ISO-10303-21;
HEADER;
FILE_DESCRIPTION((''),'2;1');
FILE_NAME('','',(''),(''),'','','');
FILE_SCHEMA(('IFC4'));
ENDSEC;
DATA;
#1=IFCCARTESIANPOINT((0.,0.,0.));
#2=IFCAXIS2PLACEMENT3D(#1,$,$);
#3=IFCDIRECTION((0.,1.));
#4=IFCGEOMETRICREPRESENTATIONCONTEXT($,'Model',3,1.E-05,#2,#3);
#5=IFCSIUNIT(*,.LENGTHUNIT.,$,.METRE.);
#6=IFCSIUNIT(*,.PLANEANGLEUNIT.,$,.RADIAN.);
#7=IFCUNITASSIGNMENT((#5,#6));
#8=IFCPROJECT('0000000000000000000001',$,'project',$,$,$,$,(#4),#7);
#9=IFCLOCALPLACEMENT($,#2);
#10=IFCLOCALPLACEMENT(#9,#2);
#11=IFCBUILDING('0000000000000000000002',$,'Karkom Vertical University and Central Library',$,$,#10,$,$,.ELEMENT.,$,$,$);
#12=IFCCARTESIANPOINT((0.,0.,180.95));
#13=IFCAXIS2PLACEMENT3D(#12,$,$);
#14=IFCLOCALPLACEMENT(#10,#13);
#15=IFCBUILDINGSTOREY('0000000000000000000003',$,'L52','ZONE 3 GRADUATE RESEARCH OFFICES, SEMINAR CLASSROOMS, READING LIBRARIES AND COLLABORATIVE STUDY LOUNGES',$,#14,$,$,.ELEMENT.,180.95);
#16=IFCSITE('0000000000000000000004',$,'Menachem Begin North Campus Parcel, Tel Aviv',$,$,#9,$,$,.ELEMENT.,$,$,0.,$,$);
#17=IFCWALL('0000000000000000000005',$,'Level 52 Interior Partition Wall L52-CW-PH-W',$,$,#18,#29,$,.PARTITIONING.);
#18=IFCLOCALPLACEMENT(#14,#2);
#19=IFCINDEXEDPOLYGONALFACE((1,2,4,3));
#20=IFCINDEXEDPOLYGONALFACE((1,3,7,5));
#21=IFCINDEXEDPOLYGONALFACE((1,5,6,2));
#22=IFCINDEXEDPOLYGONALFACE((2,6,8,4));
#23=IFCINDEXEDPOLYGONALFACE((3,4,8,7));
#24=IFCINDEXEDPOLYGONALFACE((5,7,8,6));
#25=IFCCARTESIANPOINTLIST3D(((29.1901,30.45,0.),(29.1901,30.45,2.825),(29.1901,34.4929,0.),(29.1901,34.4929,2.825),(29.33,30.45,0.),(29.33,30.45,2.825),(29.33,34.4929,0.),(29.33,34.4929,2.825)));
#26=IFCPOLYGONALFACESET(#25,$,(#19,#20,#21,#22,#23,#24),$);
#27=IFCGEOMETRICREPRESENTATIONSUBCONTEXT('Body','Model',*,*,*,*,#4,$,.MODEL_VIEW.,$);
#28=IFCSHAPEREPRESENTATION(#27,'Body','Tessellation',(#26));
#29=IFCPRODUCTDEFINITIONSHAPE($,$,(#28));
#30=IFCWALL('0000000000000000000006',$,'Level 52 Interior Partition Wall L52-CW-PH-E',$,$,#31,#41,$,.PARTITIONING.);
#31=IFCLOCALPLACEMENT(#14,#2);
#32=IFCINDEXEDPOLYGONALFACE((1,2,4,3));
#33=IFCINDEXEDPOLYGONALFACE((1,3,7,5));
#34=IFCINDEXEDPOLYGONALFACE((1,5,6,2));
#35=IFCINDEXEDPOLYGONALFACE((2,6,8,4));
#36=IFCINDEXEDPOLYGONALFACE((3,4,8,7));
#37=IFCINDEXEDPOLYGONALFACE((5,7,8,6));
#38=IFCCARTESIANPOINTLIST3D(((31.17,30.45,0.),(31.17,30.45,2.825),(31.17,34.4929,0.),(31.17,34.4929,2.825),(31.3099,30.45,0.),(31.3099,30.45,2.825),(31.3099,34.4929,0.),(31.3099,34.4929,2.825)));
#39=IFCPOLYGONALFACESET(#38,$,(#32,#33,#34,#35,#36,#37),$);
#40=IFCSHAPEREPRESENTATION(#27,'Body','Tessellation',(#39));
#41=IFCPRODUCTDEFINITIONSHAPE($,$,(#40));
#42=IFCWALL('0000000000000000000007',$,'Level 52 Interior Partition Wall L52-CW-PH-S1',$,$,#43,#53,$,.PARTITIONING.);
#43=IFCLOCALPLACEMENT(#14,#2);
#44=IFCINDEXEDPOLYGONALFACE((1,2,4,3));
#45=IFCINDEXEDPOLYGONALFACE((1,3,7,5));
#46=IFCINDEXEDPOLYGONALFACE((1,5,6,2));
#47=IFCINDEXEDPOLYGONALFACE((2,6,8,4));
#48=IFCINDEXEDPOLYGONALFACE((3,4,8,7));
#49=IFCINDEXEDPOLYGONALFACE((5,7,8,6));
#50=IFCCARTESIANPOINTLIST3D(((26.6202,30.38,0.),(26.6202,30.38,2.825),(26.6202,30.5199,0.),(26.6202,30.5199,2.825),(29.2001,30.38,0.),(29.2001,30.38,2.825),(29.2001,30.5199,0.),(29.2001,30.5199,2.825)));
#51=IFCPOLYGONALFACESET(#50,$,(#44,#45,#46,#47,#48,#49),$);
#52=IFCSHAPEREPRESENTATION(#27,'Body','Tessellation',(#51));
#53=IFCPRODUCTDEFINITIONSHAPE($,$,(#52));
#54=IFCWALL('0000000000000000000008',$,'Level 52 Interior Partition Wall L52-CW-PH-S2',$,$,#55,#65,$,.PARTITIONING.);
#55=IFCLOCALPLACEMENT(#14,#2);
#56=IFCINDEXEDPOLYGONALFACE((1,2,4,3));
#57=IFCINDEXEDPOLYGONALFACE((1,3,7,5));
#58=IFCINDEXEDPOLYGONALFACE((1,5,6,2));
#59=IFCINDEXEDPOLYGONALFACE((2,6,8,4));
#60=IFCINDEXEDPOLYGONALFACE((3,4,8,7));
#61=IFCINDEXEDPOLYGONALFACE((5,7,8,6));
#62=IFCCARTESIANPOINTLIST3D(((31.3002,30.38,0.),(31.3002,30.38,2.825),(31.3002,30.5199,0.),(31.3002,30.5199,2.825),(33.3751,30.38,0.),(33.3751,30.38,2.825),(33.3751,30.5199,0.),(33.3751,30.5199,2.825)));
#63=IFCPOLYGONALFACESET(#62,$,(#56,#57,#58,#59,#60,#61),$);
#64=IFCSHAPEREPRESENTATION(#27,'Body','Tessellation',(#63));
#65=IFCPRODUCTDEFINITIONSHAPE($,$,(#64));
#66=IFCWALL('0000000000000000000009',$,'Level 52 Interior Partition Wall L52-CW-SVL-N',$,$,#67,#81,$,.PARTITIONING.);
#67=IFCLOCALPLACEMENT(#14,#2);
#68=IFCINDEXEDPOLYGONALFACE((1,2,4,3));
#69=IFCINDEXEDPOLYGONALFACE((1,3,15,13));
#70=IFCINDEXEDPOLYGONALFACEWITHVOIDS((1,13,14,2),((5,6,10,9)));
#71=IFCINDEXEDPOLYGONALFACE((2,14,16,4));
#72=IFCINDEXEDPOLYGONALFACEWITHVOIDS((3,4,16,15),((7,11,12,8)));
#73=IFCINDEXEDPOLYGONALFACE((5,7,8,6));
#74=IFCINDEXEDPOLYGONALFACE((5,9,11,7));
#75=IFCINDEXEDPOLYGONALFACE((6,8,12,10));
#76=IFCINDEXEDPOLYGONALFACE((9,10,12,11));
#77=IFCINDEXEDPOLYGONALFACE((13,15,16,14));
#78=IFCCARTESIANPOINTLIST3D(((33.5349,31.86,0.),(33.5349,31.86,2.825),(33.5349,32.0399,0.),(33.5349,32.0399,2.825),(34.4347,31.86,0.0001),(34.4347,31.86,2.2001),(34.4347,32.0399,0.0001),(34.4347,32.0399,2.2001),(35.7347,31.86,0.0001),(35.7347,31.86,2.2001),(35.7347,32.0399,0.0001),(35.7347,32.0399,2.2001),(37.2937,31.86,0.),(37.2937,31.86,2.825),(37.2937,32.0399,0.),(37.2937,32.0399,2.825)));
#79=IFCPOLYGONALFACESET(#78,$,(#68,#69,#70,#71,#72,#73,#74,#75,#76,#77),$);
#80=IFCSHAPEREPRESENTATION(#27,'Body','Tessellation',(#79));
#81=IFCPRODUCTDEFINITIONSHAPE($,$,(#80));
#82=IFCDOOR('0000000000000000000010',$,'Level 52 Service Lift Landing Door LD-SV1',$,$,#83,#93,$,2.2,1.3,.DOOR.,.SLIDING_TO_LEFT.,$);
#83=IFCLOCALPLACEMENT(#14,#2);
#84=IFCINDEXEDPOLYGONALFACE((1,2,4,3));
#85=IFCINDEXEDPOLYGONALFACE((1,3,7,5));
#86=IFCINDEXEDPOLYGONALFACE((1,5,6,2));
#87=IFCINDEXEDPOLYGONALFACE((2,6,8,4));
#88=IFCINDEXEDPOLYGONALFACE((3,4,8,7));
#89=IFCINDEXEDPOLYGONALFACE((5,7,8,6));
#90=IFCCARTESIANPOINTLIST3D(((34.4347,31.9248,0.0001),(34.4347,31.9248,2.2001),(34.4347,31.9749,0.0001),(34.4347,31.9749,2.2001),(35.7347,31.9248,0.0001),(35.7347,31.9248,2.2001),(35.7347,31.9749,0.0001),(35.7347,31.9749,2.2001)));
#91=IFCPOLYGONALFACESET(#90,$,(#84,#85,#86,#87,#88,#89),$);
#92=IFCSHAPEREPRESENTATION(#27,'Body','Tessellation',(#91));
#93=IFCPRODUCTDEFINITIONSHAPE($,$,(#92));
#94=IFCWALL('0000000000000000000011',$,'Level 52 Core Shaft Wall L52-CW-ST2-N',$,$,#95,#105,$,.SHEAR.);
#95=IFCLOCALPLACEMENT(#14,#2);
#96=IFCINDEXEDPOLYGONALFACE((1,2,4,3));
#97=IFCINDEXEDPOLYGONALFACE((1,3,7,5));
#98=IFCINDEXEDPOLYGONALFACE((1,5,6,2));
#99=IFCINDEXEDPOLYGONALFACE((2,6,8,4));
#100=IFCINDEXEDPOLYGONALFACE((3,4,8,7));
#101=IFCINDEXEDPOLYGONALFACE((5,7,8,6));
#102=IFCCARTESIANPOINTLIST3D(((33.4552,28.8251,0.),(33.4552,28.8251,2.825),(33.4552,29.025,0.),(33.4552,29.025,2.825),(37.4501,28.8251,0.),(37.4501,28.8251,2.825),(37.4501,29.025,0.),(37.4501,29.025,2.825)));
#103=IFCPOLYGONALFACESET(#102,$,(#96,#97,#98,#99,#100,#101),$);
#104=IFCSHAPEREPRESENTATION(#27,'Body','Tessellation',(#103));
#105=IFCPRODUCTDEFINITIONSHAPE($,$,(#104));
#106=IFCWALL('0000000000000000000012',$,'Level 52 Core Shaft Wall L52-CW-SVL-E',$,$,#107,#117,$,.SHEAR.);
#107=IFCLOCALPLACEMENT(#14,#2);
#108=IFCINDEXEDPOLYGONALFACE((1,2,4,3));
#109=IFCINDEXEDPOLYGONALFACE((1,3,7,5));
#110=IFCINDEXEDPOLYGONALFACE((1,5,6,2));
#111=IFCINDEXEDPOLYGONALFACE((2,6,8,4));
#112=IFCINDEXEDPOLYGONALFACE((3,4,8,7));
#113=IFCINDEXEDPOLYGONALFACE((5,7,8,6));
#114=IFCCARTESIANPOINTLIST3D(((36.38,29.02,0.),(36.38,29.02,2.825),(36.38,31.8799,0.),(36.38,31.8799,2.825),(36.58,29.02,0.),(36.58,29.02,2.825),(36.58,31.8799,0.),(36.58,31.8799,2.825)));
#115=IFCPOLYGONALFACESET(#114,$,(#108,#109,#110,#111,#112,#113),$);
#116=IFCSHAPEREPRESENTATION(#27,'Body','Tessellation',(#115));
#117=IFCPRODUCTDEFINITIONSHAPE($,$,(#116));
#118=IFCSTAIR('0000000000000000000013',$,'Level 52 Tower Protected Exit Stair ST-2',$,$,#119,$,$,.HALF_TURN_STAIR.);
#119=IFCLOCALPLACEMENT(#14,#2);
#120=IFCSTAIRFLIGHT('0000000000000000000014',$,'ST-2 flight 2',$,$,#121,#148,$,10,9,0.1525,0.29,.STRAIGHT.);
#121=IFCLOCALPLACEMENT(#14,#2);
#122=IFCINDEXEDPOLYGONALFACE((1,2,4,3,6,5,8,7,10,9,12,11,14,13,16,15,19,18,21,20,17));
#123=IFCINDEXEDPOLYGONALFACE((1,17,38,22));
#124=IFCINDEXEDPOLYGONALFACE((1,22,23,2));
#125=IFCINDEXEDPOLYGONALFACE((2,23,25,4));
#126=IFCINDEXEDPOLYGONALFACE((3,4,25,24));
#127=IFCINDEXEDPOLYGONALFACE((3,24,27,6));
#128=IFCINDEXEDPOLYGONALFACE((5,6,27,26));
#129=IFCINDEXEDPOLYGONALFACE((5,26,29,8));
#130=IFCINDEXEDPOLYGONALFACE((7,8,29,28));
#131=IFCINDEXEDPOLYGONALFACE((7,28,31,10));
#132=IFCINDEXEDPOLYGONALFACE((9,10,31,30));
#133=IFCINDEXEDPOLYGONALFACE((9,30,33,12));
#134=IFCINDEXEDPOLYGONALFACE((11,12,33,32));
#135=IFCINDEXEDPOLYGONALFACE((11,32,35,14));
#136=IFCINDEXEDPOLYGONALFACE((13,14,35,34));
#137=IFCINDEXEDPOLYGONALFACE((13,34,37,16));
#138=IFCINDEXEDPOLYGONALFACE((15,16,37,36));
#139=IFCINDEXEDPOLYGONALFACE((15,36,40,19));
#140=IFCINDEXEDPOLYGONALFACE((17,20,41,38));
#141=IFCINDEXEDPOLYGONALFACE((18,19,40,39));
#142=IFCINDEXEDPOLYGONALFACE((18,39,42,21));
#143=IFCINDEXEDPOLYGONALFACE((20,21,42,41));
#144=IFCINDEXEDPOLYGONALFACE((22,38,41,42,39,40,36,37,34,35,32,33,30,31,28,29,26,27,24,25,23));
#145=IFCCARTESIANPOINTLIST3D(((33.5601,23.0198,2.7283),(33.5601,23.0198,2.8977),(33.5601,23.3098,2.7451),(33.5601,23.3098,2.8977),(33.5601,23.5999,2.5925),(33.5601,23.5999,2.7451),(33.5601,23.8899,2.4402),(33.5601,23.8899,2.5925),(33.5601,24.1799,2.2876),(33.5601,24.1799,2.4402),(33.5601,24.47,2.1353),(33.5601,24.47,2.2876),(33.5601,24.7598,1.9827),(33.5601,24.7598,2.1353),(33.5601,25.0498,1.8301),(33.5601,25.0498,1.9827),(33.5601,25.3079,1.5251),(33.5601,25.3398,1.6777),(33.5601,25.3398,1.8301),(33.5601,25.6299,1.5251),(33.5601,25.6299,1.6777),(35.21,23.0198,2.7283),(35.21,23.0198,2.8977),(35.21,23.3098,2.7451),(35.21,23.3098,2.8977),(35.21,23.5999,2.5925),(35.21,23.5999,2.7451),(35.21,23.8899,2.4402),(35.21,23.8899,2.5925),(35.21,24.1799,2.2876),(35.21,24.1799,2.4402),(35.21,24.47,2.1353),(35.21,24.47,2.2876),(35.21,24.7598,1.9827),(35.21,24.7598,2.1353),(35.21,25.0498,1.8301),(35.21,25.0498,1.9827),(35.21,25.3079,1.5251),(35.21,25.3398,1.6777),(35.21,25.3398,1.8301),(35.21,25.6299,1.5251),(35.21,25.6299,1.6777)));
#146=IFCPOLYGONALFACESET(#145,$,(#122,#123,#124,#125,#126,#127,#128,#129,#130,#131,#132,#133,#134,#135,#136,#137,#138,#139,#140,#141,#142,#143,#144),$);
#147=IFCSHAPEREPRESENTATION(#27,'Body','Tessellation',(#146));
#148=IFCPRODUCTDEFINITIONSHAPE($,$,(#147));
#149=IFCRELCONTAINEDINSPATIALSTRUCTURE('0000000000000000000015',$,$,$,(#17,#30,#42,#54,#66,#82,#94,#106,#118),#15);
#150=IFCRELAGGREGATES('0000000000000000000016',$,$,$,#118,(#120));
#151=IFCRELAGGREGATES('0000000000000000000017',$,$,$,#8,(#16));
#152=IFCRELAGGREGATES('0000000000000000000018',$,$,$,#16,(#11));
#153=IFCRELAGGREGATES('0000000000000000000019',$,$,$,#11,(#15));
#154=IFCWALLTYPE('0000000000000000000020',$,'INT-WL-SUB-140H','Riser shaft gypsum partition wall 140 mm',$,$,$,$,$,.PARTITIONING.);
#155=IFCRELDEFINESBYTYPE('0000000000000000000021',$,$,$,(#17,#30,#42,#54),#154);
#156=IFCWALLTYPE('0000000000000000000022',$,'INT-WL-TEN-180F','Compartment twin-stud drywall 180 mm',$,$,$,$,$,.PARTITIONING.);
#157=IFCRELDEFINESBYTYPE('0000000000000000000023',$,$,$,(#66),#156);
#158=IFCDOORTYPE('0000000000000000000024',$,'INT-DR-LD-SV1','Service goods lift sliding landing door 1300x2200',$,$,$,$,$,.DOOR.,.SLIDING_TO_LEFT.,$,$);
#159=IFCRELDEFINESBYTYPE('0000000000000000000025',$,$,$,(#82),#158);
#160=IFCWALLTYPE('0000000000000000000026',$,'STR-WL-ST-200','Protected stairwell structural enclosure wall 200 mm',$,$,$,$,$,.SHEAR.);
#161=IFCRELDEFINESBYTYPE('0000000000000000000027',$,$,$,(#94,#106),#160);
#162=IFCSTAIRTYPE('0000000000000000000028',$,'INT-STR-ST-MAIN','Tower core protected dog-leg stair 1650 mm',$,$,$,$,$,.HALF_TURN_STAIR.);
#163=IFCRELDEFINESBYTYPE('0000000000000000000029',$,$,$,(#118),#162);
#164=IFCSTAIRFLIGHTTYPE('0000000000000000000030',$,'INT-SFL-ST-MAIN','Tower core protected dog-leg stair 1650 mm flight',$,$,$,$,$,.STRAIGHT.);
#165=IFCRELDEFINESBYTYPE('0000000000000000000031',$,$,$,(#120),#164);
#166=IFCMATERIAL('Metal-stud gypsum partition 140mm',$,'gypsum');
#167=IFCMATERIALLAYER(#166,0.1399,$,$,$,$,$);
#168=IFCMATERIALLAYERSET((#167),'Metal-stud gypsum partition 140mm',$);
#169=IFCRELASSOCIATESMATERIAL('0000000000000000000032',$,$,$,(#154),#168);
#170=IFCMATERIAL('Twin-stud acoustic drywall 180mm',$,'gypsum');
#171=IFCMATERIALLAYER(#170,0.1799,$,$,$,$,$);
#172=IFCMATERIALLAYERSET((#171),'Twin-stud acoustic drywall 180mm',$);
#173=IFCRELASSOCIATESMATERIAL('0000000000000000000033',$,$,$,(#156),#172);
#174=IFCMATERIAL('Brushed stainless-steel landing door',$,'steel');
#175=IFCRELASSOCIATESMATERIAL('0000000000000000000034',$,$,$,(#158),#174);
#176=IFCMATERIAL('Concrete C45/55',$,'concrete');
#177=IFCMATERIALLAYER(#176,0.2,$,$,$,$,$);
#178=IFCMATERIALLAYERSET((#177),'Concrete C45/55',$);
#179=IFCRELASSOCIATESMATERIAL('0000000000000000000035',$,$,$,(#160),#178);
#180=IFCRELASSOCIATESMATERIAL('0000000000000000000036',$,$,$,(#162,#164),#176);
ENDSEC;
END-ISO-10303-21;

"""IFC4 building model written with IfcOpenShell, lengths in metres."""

from ifc_helpers import new_model, si_unit, direction, frame, frame_2d, origin, origin_with_axes, place, context, subcontext, project, spatial, polyline, rectangle, outline, extrude, source, transform, mapped, material, layer, layer_set, type_object, element, fill, aggregate, save


model = new_model("IFC4")

# Units and contexts
model_context = context("Model", 3, precision=1e-05, world=origin(), true_north=direction((0.0, 1.0)))
body_context = subcontext(model_context, "Body", "Model", "MODEL_VIEW")
ifc_project = project(units=[si_unit("LENGTHUNIT", "METRE"), si_unit("PLANEANGLEUNIT", "RADIAN")], contexts=[model_context])

# Site, building, storey
site_placement = place(None, origin())
site = spatial("IfcSite", under=ifc_project, at=site_placement, Name="Menachem Begin North Campus Parcel, Tel Aviv", CompositionType="ELEMENT", RefElevation=0.0)
building_placement = place(site_placement, origin())
building = spatial("IfcBuilding", under=site, at=building_placement, Name="Karkom Vertical University and Central Library", CompositionType="ELEMENT")
storey_placement = place(building_placement, frame((0.0, 0.0, 180.95)))
storey = spatial("IfcBuildingStorey", under=building, at=storey_placement, Name="L52", Description="ZONE 3 GRADUATE RESEARCH OFFICES, SEMINAR CLASSROOMS, READING LIBRARIES AND COLLABORATIVE STUDY LOUNGES", CompositionType="ELEMENT", Elevation=180.95)

# Walls
ifc_material_1 = material(Name="Metal-stud gypsum partition 140mm", Category="gypsum")
ifc_layer_1 = layer(ifc_material_1, 0.1399)
ifc_layer_set_1 = layer_set([ifc_layer_1], Name="Metal-stud gypsum partition 140mm")
wall_type_1 = type_object("IfcWallType", Name="INT-WL-SUB-140H", Description="Riser shaft gypsum partition wall 140 mm", PredefinedType="PARTITIONING", material=ifc_layer_set_1)
for number, where, z_axis, x_axis, name in (
    (1, (29.26, 30.45, 0.0), (0.0, 0.0, 1.0), (0.0, 1.0, 0.0), "Level 52 Interior Partition Wall L52-CW-PH-W"),
    (2, (31.24, 30.45, 0.0), (0.0, 0.0, 1.0), (0.0, 1.0, 0.0), "Level 52 Interior Partition Wall L52-CW-PH-E"),
):
    element("IfcWall", number, at=place(storey_placement, frame(where, z_axis=z_axis, x_axis=x_axis)), inside=storey, type_object=wall_type_1, Name=name, PredefinedType="PARTITIONING", context=body_context, shape_type="SweptSolid", body=[
        extrude(rectangle(XDim=4.043, YDim=0.1399, at=frame_2d((2.0215, 0.0))), origin(), (0.0, 0.0, 1.0), 2.825),
    ])
wall_1_placement = place(storey_placement, frame((26.6201, 30.45, 0.0), z_axis=(0.0, 0.0, 1.0), x_axis=(1.0, 0.0, 0.0)))
element("IfcWall", 3, at=wall_1_placement, inside=storey, type_object=wall_type_1, Name="Level 52 Interior Partition Wall L52-CW-PH-S1", PredefinedType="PARTITIONING", context=body_context, shape_type="SweptSolid", body=[
    extrude(rectangle(XDim=2.5798, YDim=0.1399, at=frame_2d((1.29, 0.0))), origin(), (0.0, 0.0, 1.0), 2.825),
])
wall_2_placement = place(storey_placement, frame((31.3, 30.45, 0.0), z_axis=(0.0, 0.0, 1.0), x_axis=(1.0, 0.0, 0.0)))
element("IfcWall", 4, at=wall_2_placement, inside=storey, type_object=wall_type_1, Name="Level 52 Interior Partition Wall L52-CW-PH-S2", PredefinedType="PARTITIONING", context=body_context, shape_type="SweptSolid", body=[
    extrude(rectangle(XDim=2.075, YDim=0.1399, at=frame_2d((1.0376, 0.0))), origin(), (0.0, 0.0, 1.0), 2.825),
])

# Wall, opening, door
ifc_material_2 = material(Name="Twin-stud acoustic drywall 180mm", Category="gypsum")
ifc_layer_2 = layer(ifc_material_2, 0.1799)
ifc_layer_set_2 = layer_set([ifc_layer_2], Name="Twin-stud acoustic drywall 180mm")
wall_type_2 = type_object("IfcWallType", Name="INT-WL-TEN-180F", Description="Compartment twin-stud drywall 180 mm", PredefinedType="PARTITIONING", material=ifc_layer_set_2)
wall_3_placement = place(storey_placement, frame((33.5349, 31.95, 0.0), z_axis=(0.0, 0.0, 1.0), x_axis=(1.0, 0.0, 0.0)))
wall_3 = element("IfcWall", 5, at=wall_3_placement, inside=storey, type_object=wall_type_2, Name="Level 52 Interior Partition Wall L52-CW-SVL-N", PredefinedType="PARTITIONING", context=body_context, shape_type="SweptSolid", body=[
    extrude(rectangle(XDim=3.7588, YDim=0.1799, at=frame_2d((1.8794, 0.0))), origin(), (0.0, 0.0, 1.0), 2.825),
])
opening_1_placement = place(wall_3_placement, frame((0.8999, 0.0, 0.0)))
opening_1 = element("IfcOpeningElement", 6, at=opening_1_placement, cuts=wall_3, PredefinedType="OPENING", context=body_context, shape_type="SweptSolid", body=[
    extrude(rectangle(XDim=1.3, YDim=2.2, at=frame_2d((0.6499, 1.1001))), frame((0.0, 0.1001, 0.0), z_axis=(0.0, -1.0, 0.0), x_axis=(1.0, 0.0, 0.0)), (0.0, 0.0, 1.0), 0.2),
])
ifc_material_3 = material(Name="Brushed stainless-steel landing door", Category="steel")
door_type_1 = type_object("IfcDoorType", Name="INT-DR-LD-SV1", Description="Service goods lift sliding landing door 1300x2200", OperationType="SLIDING_TO_LEFT", PredefinedType="DOOR", material=ifc_material_3)
shared_shape_1 = source(origin_with_axes(), body_context, "Body", "SweptSolid", [
    extrude(rectangle(XDim=1.3, YDim=2.2, at=frame_2d((0.6499, 1.1001))), frame((0.0, 0.0249, 0.0), z_axis=(0.0, -1.0, 0.0), x_axis=(1.0, 0.0, 0.0)), (0.0, 0.0, 1.0), 0.05),
])
door_1_placement = place(opening_1_placement, origin())
door_1 = element("IfcDoor", 7, at=door_1_placement, inside=storey, type_object=door_type_1, Name="Level 52 Service Lift Landing Door LD-SV1", OperationType="SLIDING_TO_LEFT", OverallHeight=2.2, OverallWidth=1.3, PredefinedType="DOOR", context=body_context, shape_type="MappedRepresentation", body=[
    mapped(shared_shape_1, transform((0.0, 0.0, 0.0), scale=1.0)),
])
fill(opening_1, door_1)

# Walls
ifc_material_4 = material(Name="Concrete C45/55", Category="concrete")
ifc_layer_3 = layer(ifc_material_4, 0.2)
ifc_layer_set_3 = layer_set([ifc_layer_3], Name="Concrete C45/55")
wall_type_3 = type_object("IfcWallType", Name="STR-WL-ST-200", Description="Protected stairwell structural enclosure wall 200 mm", PredefinedType="SHEAR", material=ifc_layer_set_3)
wall_4_placement = place(storey_placement, frame((33.4551, 28.925, 0.0), z_axis=(0.0, 0.0, 1.0), x_axis=(1.0, 0.0, 0.0)))
element("IfcWall", 8, at=wall_4_placement, inside=storey, type_object=wall_type_3, Name="Level 52 Core Shaft Wall L52-CW-ST2-N", PredefinedType="SHEAR", context=body_context, shape_type="SweptSolid", body=[
    extrude(rectangle(XDim=3.9949, YDim=0.2, at=frame_2d((1.9976, 0.0))), origin(), (0.0, 0.0, 1.0), 2.825),
])
wall_5_placement = place(storey_placement, frame((36.48, 29.02, 0.0), z_axis=(0.0, 0.0, 1.0), x_axis=(0.0, 1.0, 0.0)))
element("IfcWall", 9, at=wall_5_placement, inside=storey, type_object=wall_type_3, Name="Level 52 Core Shaft Wall L52-CW-SVL-E", PredefinedType="SHEAR", context=body_context, shape_type="SweptSolid", body=[
    extrude(rectangle(XDim=2.8599, YDim=0.2, at=frame_2d((1.4299, 0.0))), origin(), (0.0, 0.0, 1.0), 2.825),
])

# Stair, stair flight
stair_type = type_object("IfcStairType", Name="INT-STR-ST-MAIN", Description="Tower core protected dog-leg stair 1650 mm", PredefinedType="HALF_TURN_STAIR", material=ifc_material_4)
stair_placement = place(storey_placement, origin())
stair = element("IfcStair", 10, at=stair_placement, inside=storey, type_object=stair_type, Name="Level 52 Tower Protected Exit Stair ST-2", PredefinedType="HALF_TURN_STAIR")
stair_flight_type = type_object("IfcStairFlightType", Name="INT-SFL-ST-MAIN", Description="Tower core protected dog-leg stair 1650 mm flight", PredefinedType="STRAIGHT", material=ifc_material_4)
stair_flight_placement = place(storey_placement, frame((34.385, 25.6299, 1.5251), z_axis=(0.0, 0.0, 1.0), x_axis=(0.0, -1.0, 0.0)))
stair_flight = element("IfcStairFlight", 11, at=stair_flight_placement, type_object=stair_flight_type, Name="ST-2 flight 2", NumberOfRisers=10, NumberOfTreads=9, PredefinedType="STRAIGHT", RiserHeight=0.1525, TreadLength=0.29, context=body_context, shape_type="SweptSolid", body=[
    extrude(outline(polyline([(0.0, 0.0), (0.0, 0.1526), (0.29, 0.1526), (0.29, 0.3049), (0.5801, 0.3049), (0.5801, 0.4575), (0.8701, 0.4575), (0.8701, 0.6101), (1.1599, 0.6101), (1.1599, 0.7625), (1.45, 0.7625), (1.45, 0.915), (1.74, 0.915), (1.74, 1.0674), (2.03, 1.0674), (2.03, 1.22), (2.3201, 1.22), (2.3201, 1.3726), (2.6101, 1.3726), (2.6101, 1.5249), (2.6101, 1.2031), (0.322, 0.0), (0.0, 0.0)])), frame((0.0, 0.825, 0.0), z_axis=(0.0, -1.0, 0.0), x_axis=(1.0, 0.0, 0.0)), (0.0, 0.0, 1.0), 1.6499),
])
aggregate(stair, [stair_flight])

save(model, "model.ifc")
